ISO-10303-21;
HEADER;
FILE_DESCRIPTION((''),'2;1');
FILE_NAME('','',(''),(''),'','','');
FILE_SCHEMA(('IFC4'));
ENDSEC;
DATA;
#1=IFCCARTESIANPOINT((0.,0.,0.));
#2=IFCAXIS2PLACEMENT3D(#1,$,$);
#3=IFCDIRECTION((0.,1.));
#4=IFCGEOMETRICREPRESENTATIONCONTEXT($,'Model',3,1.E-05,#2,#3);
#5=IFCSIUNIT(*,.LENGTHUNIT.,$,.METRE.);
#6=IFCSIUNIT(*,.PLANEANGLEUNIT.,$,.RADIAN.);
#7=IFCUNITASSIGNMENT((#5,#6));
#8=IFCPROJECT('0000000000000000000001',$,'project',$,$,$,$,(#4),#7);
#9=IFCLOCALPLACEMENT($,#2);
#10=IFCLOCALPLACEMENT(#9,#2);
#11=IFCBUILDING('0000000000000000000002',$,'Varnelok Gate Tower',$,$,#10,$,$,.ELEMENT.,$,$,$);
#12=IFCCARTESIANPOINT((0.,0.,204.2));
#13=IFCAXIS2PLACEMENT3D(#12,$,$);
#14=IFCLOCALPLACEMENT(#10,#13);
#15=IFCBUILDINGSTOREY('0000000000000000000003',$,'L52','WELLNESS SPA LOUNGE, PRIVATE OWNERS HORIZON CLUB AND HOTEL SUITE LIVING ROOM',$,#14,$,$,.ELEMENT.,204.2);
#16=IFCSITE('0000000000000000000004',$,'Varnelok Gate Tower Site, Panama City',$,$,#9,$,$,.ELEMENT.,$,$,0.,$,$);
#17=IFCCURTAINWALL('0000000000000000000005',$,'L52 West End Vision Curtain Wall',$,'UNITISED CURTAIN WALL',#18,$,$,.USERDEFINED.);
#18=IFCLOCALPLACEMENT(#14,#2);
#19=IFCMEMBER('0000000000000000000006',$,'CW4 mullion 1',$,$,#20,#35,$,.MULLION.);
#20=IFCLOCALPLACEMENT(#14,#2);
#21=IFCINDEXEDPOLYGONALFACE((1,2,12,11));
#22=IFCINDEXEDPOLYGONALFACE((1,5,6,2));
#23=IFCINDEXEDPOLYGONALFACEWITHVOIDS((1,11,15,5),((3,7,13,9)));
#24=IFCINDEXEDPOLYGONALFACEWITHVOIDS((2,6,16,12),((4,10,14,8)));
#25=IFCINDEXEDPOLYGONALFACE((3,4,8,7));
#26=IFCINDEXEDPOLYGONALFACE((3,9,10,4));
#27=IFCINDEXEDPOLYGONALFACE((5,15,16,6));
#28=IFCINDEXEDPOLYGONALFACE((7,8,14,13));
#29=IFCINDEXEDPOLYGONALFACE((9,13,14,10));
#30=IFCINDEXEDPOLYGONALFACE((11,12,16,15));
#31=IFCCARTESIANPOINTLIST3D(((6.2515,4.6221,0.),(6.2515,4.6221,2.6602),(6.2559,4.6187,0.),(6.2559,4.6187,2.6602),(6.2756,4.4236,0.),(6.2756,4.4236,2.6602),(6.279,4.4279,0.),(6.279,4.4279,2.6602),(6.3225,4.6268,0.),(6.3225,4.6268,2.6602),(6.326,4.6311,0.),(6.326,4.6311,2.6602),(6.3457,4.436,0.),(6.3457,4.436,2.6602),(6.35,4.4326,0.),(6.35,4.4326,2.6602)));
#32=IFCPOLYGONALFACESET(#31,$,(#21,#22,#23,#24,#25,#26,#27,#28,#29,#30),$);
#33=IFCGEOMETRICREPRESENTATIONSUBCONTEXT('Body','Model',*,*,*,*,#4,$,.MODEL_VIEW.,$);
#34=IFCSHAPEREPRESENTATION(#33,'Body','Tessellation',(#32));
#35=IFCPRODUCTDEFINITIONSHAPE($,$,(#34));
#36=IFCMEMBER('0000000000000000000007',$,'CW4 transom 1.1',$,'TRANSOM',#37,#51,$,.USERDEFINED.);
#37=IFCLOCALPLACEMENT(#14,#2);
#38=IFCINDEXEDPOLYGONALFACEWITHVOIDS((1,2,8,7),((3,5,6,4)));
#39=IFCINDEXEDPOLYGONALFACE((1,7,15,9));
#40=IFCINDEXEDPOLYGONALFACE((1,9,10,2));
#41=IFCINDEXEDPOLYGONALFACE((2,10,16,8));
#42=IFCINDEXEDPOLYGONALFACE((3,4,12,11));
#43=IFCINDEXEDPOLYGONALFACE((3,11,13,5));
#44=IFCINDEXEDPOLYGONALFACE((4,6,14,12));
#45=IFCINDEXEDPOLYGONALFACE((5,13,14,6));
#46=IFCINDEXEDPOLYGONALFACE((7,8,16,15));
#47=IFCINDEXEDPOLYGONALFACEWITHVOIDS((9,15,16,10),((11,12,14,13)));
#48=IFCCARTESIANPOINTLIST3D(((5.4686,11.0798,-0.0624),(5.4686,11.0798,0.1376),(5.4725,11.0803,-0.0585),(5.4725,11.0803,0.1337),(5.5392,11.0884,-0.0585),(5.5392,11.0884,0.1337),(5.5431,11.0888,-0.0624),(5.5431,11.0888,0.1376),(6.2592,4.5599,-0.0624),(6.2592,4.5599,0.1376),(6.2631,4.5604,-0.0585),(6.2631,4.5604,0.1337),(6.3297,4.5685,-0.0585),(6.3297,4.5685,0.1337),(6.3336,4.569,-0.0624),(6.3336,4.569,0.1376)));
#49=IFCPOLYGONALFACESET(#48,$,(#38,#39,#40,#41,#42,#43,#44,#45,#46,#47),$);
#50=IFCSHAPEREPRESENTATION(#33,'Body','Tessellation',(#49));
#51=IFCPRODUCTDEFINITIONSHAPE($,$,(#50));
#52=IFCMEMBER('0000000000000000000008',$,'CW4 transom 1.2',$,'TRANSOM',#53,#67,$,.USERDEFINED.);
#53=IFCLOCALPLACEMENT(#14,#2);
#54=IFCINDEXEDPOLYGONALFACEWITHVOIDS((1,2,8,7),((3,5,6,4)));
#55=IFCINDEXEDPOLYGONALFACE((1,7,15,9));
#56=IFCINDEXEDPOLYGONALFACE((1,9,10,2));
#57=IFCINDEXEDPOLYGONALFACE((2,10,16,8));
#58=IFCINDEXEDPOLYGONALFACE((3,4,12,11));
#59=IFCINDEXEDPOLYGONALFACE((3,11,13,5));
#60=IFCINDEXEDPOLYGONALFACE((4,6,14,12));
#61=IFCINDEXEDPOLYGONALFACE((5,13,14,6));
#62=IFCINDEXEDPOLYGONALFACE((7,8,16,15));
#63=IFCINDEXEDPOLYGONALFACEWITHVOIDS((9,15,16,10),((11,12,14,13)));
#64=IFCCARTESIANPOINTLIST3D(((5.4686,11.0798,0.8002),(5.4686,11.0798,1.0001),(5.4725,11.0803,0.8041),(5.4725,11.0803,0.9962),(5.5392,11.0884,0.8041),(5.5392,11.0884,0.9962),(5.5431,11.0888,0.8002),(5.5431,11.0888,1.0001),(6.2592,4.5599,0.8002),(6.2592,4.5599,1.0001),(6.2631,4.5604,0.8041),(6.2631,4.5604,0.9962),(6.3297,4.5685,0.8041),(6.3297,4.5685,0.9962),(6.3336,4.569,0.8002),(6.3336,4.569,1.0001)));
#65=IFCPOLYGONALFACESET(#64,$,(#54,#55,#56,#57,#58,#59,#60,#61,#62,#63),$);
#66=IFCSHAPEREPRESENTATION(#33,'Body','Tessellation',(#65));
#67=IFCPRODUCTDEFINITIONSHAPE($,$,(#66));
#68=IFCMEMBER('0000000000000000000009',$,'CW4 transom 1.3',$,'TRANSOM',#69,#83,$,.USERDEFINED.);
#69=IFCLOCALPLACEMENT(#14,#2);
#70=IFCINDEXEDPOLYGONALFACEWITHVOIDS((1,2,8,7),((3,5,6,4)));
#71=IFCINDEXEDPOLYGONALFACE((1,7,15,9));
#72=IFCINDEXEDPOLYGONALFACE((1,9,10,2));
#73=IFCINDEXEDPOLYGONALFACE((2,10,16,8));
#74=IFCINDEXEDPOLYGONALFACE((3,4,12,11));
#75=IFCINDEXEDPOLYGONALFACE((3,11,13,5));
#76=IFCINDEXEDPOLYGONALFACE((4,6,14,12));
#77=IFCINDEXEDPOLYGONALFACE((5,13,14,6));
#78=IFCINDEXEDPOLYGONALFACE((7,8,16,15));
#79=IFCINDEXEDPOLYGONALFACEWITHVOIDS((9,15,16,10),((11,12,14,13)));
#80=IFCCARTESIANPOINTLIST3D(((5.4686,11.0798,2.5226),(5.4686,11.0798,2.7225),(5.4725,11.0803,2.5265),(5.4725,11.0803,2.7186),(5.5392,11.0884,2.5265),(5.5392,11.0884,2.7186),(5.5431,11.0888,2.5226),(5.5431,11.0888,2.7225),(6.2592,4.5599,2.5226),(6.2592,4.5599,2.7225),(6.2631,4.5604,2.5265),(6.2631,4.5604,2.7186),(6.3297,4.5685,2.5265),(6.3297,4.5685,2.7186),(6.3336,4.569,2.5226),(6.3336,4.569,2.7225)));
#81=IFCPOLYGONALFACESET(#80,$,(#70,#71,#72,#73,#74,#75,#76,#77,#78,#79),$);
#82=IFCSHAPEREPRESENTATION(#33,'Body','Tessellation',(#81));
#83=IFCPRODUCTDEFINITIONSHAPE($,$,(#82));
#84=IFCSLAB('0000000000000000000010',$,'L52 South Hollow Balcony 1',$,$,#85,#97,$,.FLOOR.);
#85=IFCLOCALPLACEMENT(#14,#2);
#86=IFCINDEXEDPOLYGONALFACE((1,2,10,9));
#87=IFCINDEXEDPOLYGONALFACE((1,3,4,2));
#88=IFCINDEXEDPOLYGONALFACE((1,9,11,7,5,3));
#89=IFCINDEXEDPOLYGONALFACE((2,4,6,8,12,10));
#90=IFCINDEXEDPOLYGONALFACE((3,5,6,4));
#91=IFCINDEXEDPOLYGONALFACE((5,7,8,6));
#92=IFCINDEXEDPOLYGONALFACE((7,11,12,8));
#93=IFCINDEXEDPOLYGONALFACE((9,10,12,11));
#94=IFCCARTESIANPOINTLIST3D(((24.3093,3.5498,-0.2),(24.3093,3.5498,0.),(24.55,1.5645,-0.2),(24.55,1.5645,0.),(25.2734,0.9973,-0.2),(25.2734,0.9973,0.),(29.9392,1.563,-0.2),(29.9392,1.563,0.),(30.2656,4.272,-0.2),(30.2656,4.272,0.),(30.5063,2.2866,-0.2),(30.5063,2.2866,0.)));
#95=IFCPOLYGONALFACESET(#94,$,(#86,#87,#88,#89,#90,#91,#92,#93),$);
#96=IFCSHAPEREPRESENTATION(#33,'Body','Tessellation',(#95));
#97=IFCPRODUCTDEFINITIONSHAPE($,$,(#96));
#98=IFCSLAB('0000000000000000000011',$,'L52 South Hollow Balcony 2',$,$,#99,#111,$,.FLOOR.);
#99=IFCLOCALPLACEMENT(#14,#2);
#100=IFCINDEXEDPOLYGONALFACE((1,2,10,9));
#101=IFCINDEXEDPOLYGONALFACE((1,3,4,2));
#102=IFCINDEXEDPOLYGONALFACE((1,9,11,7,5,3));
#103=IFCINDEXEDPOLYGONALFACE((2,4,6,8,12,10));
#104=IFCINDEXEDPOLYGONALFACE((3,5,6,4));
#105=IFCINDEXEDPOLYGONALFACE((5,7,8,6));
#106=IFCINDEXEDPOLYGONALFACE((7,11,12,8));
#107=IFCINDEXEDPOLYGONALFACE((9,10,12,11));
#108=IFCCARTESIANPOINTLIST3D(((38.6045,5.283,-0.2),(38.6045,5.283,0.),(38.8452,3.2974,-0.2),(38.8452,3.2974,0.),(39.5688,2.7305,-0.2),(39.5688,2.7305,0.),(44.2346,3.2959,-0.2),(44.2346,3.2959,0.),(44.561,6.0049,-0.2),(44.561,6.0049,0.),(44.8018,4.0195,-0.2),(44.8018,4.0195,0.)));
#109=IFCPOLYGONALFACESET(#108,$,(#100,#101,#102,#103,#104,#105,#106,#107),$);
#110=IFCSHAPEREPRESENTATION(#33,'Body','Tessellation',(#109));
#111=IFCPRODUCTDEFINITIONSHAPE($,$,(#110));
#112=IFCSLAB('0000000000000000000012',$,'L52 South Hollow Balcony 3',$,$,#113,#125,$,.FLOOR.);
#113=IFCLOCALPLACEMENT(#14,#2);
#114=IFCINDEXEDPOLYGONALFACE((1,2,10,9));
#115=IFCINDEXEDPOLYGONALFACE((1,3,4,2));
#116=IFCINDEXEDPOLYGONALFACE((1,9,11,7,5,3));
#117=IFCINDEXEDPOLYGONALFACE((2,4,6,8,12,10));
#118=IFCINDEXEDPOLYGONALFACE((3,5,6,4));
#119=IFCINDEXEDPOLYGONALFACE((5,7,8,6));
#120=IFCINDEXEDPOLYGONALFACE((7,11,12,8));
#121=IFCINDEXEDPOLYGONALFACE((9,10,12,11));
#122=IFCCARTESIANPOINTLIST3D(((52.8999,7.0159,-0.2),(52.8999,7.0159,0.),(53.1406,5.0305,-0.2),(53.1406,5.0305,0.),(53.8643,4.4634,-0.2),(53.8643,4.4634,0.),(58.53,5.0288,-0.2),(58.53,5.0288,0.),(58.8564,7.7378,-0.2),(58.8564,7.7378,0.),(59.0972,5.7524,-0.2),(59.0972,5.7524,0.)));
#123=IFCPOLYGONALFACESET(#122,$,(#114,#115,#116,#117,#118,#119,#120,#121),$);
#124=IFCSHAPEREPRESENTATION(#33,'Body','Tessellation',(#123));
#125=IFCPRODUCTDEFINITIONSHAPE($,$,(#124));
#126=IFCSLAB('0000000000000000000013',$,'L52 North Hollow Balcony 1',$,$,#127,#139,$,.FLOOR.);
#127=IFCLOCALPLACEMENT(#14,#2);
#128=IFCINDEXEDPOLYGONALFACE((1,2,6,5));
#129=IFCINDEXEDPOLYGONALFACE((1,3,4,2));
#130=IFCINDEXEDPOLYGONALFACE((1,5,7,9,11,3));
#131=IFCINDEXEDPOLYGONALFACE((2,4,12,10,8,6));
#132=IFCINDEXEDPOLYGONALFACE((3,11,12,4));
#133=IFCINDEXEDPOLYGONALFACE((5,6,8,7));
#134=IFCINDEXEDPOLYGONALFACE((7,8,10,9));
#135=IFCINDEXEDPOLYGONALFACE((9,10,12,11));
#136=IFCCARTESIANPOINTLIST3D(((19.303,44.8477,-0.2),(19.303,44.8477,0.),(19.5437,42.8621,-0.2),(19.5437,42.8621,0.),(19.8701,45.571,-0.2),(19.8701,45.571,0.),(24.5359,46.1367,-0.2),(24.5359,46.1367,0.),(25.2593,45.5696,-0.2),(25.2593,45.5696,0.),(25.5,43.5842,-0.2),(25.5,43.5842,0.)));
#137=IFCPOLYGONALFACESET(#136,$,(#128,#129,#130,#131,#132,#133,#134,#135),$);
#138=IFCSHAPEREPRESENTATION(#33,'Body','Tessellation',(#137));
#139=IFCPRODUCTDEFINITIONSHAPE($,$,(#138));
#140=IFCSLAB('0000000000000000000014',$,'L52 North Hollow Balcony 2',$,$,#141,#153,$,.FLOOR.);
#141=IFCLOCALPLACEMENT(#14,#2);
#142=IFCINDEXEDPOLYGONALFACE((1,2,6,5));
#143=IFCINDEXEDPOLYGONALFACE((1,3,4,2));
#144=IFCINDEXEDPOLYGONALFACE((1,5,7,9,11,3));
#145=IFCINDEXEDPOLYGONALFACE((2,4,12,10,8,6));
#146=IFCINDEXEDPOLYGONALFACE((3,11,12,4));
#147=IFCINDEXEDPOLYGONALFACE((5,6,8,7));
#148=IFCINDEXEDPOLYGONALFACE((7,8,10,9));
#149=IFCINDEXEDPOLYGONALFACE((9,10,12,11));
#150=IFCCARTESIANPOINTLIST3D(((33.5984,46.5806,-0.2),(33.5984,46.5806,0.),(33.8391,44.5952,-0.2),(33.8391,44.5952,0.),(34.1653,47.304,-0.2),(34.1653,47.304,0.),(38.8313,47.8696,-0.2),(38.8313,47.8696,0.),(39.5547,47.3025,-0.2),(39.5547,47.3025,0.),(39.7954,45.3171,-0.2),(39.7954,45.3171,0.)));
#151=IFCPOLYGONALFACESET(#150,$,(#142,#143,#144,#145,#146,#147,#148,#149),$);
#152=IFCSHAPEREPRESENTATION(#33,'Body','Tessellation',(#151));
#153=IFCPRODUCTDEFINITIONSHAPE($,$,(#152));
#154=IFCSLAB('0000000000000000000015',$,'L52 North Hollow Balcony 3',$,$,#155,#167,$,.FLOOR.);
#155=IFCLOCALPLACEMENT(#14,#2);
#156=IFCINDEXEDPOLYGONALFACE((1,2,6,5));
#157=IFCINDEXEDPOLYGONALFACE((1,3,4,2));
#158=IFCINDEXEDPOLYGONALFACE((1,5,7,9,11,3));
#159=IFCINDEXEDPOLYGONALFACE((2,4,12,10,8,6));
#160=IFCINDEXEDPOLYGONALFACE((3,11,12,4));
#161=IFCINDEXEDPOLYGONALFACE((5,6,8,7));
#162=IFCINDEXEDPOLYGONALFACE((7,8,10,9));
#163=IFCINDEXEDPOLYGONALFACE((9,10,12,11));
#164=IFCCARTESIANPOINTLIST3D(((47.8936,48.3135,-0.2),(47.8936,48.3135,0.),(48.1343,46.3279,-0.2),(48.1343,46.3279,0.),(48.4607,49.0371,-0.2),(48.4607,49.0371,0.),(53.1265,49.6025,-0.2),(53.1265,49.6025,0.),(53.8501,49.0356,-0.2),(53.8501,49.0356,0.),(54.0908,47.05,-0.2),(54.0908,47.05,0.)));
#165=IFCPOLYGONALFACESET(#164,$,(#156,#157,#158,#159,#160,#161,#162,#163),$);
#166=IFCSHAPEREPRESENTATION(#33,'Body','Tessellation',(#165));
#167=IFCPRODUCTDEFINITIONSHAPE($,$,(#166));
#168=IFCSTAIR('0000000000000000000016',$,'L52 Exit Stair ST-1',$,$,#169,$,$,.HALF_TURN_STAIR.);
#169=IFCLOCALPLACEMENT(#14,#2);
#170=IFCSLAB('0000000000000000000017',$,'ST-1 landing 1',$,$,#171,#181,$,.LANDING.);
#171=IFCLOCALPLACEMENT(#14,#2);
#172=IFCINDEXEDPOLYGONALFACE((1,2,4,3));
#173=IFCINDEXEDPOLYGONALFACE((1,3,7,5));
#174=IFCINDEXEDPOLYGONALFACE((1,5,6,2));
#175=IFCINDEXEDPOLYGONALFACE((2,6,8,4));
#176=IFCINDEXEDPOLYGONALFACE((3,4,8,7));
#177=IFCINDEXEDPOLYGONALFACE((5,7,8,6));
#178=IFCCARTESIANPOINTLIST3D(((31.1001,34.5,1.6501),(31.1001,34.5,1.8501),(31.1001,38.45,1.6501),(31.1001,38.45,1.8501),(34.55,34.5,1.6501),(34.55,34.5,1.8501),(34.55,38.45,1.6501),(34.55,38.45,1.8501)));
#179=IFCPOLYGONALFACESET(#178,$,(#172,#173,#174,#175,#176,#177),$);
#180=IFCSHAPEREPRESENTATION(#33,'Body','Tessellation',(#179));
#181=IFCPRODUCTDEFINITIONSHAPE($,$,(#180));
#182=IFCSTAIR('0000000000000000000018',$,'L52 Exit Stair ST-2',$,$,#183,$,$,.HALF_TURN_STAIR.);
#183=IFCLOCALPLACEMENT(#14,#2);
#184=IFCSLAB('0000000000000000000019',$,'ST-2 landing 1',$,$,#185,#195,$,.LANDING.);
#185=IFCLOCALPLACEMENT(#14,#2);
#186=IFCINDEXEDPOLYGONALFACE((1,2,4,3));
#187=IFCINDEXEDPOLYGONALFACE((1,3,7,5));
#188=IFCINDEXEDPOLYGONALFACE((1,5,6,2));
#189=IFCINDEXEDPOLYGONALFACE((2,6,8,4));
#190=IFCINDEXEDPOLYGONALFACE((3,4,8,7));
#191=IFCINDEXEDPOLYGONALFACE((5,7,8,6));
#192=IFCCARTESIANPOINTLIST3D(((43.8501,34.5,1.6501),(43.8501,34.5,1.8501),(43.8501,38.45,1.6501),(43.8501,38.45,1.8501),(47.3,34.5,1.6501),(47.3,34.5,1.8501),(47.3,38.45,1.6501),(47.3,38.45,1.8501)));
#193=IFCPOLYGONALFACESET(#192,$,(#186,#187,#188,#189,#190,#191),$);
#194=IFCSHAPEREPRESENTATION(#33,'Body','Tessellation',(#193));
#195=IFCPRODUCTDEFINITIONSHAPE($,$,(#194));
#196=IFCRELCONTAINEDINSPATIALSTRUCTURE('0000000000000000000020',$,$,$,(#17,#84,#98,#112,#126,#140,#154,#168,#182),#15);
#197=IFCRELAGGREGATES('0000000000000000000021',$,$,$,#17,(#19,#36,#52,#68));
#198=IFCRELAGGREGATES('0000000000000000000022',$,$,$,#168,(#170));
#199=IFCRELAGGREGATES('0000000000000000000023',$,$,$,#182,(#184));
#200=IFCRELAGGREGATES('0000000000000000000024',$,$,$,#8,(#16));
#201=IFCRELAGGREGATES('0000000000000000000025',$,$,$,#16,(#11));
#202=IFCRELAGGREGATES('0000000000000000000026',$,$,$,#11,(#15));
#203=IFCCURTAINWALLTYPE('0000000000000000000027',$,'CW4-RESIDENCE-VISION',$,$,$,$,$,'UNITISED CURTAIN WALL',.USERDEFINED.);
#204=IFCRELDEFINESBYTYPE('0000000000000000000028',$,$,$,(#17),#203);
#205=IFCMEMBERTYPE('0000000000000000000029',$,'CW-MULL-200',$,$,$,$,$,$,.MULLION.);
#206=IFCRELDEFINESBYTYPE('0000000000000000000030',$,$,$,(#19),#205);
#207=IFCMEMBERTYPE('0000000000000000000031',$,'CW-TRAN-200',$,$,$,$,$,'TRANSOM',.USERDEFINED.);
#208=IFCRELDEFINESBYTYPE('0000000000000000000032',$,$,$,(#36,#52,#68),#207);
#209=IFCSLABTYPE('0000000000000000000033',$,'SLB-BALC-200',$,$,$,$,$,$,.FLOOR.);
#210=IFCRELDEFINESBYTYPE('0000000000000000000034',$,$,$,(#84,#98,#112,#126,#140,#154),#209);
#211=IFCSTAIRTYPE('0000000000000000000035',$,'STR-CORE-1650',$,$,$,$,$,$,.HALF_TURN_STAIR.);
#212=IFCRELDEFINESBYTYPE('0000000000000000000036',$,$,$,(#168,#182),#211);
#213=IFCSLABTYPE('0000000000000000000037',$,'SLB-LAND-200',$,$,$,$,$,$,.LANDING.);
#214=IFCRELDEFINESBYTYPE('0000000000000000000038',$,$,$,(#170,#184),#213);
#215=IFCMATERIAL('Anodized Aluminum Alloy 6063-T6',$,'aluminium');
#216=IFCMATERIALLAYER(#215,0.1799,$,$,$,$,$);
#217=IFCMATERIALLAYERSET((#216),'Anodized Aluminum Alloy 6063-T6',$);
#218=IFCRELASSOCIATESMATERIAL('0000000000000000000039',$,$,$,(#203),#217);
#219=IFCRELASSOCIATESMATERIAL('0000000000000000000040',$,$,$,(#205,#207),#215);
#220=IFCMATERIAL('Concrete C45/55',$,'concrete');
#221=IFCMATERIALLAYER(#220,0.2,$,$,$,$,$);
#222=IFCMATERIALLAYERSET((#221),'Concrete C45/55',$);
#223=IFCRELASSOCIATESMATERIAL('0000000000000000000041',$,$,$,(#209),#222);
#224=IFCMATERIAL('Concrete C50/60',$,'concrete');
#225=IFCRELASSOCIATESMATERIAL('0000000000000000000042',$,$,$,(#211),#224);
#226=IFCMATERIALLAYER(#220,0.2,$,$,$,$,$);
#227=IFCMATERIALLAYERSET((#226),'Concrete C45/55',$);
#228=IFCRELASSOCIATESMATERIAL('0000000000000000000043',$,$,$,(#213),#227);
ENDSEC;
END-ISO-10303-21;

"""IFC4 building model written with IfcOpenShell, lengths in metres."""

from ifc_helpers import new_model, si_unit, direction, frame, origin, origin_2d, place, context, subcontext, project, spatial, polyline, hollow_rectangle, outline, extrude, material, layer, layer_set, material_profile, profile_set, type_object, element, aggregate, save


model = new_model("IFC4")

# Units and contexts
model_context = context("Model", 3, precision=1e-05, world=origin(), true_north=direction((0.0, 1.0)))
body_context = subcontext(model_context, "Body", "Model", "MODEL_VIEW")
ifc_project = project(units=[si_unit("LENGTHUNIT", "METRE"), si_unit("PLANEANGLEUNIT", "RADIAN")], contexts=[model_context])

# Site, building, storey
site_placement = place(None, origin())
site = spatial("IfcSite", under=ifc_project, at=site_placement, Name="Varnelok Gate Tower Site, Panama City", CompositionType="ELEMENT", RefElevation=0.0)
building_placement = place(site_placement, origin())
building = spatial("IfcBuilding", under=site, at=building_placement, Name="Varnelok Gate Tower", CompositionType="ELEMENT")
storey_placement = place(building_placement, frame((0.0, 0.0, 204.2)))
storey = spatial("IfcBuildingStorey", under=building, at=storey_placement, Name="L52", Description="WELLNESS SPA LOUNGE, PRIVATE OWNERS HORIZON CLUB AND HOTEL SUITE LIVING ROOM", CompositionType="ELEMENT", Elevation=204.2)

# Curtain wall, members
ifc_material_1 = material(Name="Anodized Aluminum Alloy 6063-T6", Category="aluminium")
ifc_layer_1 = layer(ifc_material_1, 0.1799)
ifc_layer_set_1 = layer_set([ifc_layer_1], Name="Anodized Aluminum Alloy 6063-T6")
curtain_wall_type = type_object("IfcCurtainWallType", Name="CW4-RESIDENCE-VISION", ElementType="UNITISED CURTAIN WALL", PredefinedType="USERDEFINED", material=ifc_layer_set_1)
curtain_wall_placement = place(storey_placement, origin())
curtain_wall = element("IfcCurtainWall", 1, at=curtain_wall_placement, inside=storey, type_object=curtain_wall_type, Name="L52 West End Vision Curtain Wall", ObjectType="UNITISED CURTAIN WALL", PredefinedType="USERDEFINED")
ifc_material_profile_1 = material_profile(ifc_material_1, hollow_rectangle(XDim=0.075, YDim=0.2, WallThickness=0.0039, at=origin_2d()), Name="ALU200X75X4")
ifc_profile_set_1 = profile_set([ifc_material_profile_1], Name="Anodized Aluminum Alloy 6063-T6")
member_type_1 = type_object("IfcMemberType", Name="CW-MULL-200", PredefinedType="MULLION", material=ifc_profile_set_1)
member_1_placement = place(storey_placement, frame((6.3008, 4.5273, 0.0), z_axis=(0.0, 0.0, 1.0), x_axis=(-0.992732, -0.120345, 0.0)))
member_1 = element("IfcMember", 2, at=member_1_placement, type_object=member_type_1, Name="CW4 mullion 1", PredefinedType="MULLION", context=body_context, shape_type="SweptSolid", body=[
    extrude(hollow_rectangle(XDim=0.075, YDim=0.2, WallThickness=0.0039, at=origin_2d()), origin(), (0.0, 0.0, 1.0), 2.6602),
])
ifc_material_profile_2 = material_profile(ifc_material_1, hollow_rectangle(XDim=0.075, YDim=0.2, WallThickness=0.0039, at=origin_2d()), Name="ALU200X75X4")
ifc_profile_set_2 = profile_set([ifc_material_profile_2], Name="Anodized Aluminum Alloy 6063-T6")
member_type_2 = type_object("IfcMemberType", Name="CW-TRAN-200", ElementType="TRANSOM", PredefinedType="USERDEFINED", material=ifc_profile_set_2)
member_2_placement = place(storey_placement, frame((6.2964, 4.5645, 0.0376), z_axis=(-0.120369, 0.992729, 0.0), x_axis=(-0.992729, -0.120369, 0.0)))
member_2 = element("IfcMember", 3, at=member_2_placement, type_object=member_type_2, Name="CW4 transom 1.1", ObjectType="TRANSOM", PredefinedType="USERDEFINED", context=body_context, shape_type="SweptSolid", body=[
    extrude(hollow_rectangle(XDim=0.075, YDim=0.2, WallThickness=0.0039, at=origin_2d()), origin(), (0.0, 0.0, 1.0), 6.5676),
])
member_3_placement = place(storey_placement, frame((6.2964, 4.5645, 0.9001), z_axis=(-0.120369, 0.992729, 0.0), x_axis=(-0.992729, -0.120369, 0.0)))
member_3 = element("IfcMember", 4, at=member_3_placement, type_object=member_type_2, Name="CW4 transom 1.2", ObjectType="TRANSOM", PredefinedType="USERDEFINED", context=body_context, shape_type="SweptSolid", body=[
    extrude(hollow_rectangle(XDim=0.075, YDim=0.2, WallThickness=0.0039, at=origin_2d()), origin(), (0.0, 0.0, 1.0), 6.5676),
])
member_4_placement = place(storey_placement, frame((6.2964, 4.5645, 2.6226), z_axis=(-0.120369, 0.992729, 0.0), x_axis=(-0.992729, -0.120369, 0.0)))
member_4 = element("IfcMember", 5, at=member_4_placement, type_object=member_type_2, Name="CW4 transom 1.3", ObjectType="TRANSOM", PredefinedType="USERDEFINED", context=body_context, shape_type="SweptSolid", body=[
    extrude(hollow_rectangle(XDim=0.075, YDim=0.2, WallThickness=0.0039, at=origin_2d()), origin(), (0.0, 0.0, 1.0), 6.5676),
])
aggregate(curtain_wall, [member_1, member_2, member_3, member_4])

# Slabs
ifc_material_2 = material(Name="Concrete C45/55", Category="concrete")
ifc_layer_2 = layer(ifc_material_2, 0.2)
ifc_layer_set_2 = layer_set([ifc_layer_2], Name="Concrete C45/55")
slab_type_1 = type_object("IfcSlabType", Name="SLB-BALC-200", PredefinedType="FLOOR", material=ifc_layer_set_2)
slab_1_placement = place(storey_placement, frame((0.0, 0.0, -0.2)))
element("IfcSlab", 6, at=slab_1_placement, inside=storey, type_object=slab_type_1, Name="L52 South Hollow Balcony 1", PredefinedType="FLOOR", context=body_context, shape_type="SweptSolid", body=[
    extrude(outline(polyline([(24.55, 1.5645), (25.2734, 0.9973), (29.9392, 1.563), (30.5063, 2.2866), (30.2656, 4.272), (24.3093, 3.5498), (24.55, 1.5645)])), origin(), (0.0, 0.0, 1.0), 0.2),
])
slab_2_placement = place(storey_placement, frame((0.0, 0.0, -0.2)))
element("IfcSlab", 7, at=slab_2_placement, inside=storey, type_object=slab_type_1, Name="L52 South Hollow Balcony 2", PredefinedType="FLOOR", context=body_context, shape_type="SweptSolid", body=[
    extrude(outline(polyline([(38.8452, 3.2974), (39.5688, 2.7305), (44.2346, 3.2959), (44.8018, 4.0195), (44.561, 6.0049), (38.6045, 5.283), (38.8452, 3.2974)])), origin(), (0.0, 0.0, 1.0), 0.2),
])
slab_3_placement = place(storey_placement, frame((0.0, 0.0, -0.2)))
element("IfcSlab", 8, at=slab_3_placement, inside=storey, type_object=slab_type_1, Name="L52 South Hollow Balcony 3", PredefinedType="FLOOR", context=body_context, shape_type="SweptSolid", body=[
    extrude(outline(polyline([(53.1406, 5.0305), (53.8643, 4.4634), (58.53, 5.0288), (59.0972, 5.7524), (58.8564, 7.7378), (52.8999, 7.0159), (53.1406, 5.0305)])), origin(), (0.0, 0.0, 1.0), 0.2),
])
slab_4_placement = place(storey_placement, frame((0.0, 0.0, -0.2)))
element("IfcSlab", 9, at=slab_4_placement, inside=storey, type_object=slab_type_1, Name="L52 North Hollow Balcony 1", PredefinedType="FLOOR", context=body_context, shape_type="SweptSolid", body=[
    extrude(outline(polyline([(19.5437, 42.8621), (25.5, 43.5842), (25.2593, 45.5696), (24.5359, 46.1367), (19.8701, 45.571), (19.303, 44.8477), (19.5437, 42.8621)])), origin(), (0.0, 0.0, 1.0), 0.2),
])
slab_5_placement = place(storey_placement, frame((0.0, 0.0, -0.2)))
element("IfcSlab", 10, at=slab_5_placement, inside=storey, type_object=slab_type_1, Name="L52 North Hollow Balcony 2", PredefinedType="FLOOR", context=body_context, shape_type="SweptSolid", body=[
    extrude(outline(polyline([(33.8391, 44.5952), (39.7954, 45.3171), (39.5547, 47.3025), (38.8313, 47.8696), (34.1653, 47.304), (33.5984, 46.5806), (33.8391, 44.5952)])), origin(), (0.0, 0.0, 1.0), 0.2),
])
slab_6_placement = place(storey_placement, frame((0.0, 0.0, -0.2)))
element("IfcSlab", 11, at=slab_6_placement, inside=storey, type_object=slab_type_1, Name="L52 North Hollow Balcony 3", PredefinedType="FLOOR", context=body_context, shape_type="SweptSolid", body=[
    extrude(outline(polyline([(48.1343, 46.3279), (54.0908, 47.05), (53.8501, 49.0356), (53.1265, 49.6025), (48.4607, 49.0371), (47.8936, 48.3135), (48.1343, 46.3279)])), origin(), (0.0, 0.0, 1.0), 0.2),
])

# Stairs, slabs
ifc_material_3 = material(Name="Concrete C50/60", Category="concrete")
stair_type = type_object("IfcStairType", Name="STR-CORE-1650", PredefinedType="HALF_TURN_STAIR", material=ifc_material_3)
stair_1_placement = place(storey_placement, origin())
stair_1 = element("IfcStair", 12, at=stair_1_placement, inside=storey, type_object=stair_type, Name="L52 Exit Stair ST-1", PredefinedType="HALF_TURN_STAIR")
ifc_layer_3 = layer(ifc_material_2, 0.2)
ifc_layer_set_3 = layer_set([ifc_layer_3], Name="Concrete C45/55")
slab_type_2 = type_object("IfcSlabType", Name="SLB-LAND-200", PredefinedType="LANDING", material=ifc_layer_set_3)
slab_7_placement = place(storey_placement, frame((0.0, 0.0, 1.6501)))
slab_7 = element("IfcSlab", 13, at=slab_7_placement, type_object=slab_type_2, Name="ST-1 landing 1", PredefinedType="LANDING", context=body_context, shape_type="SweptSolid", body=[
    extrude(outline(polyline([(34.55, 34.5), (34.55, 38.45), (31.1001, 38.45), (31.1001, 34.5), (34.55, 34.5)])), origin(), (0.0, 0.0, 1.0), 0.2),
])
aggregate(stair_1, [slab_7])
stair_2_placement = place(storey_placement, origin())
stair_2 = element("IfcStair", 14, at=stair_2_placement, inside=storey, type_object=stair_type, Name="L52 Exit Stair ST-2", PredefinedType="HALF_TURN_STAIR")
slab_8_placement = place(storey_placement, frame((0.0, 0.0, 1.6501)))
slab_8 = element("IfcSlab", 15, at=slab_8_placement, type_object=slab_type_2, Name="ST-2 landing 1", PredefinedType="LANDING", context=body_context, shape_type="SweptSolid", body=[
    extrude(outline(polyline([(47.3, 34.5), (47.3, 38.45), (43.8501, 38.45), (43.8501, 34.5), (47.3, 34.5)])), origin(), (0.0, 0.0, 1.0), 0.2),
])
aggregate(stair_2, [slab_8])

save(model, "model.ifc")
